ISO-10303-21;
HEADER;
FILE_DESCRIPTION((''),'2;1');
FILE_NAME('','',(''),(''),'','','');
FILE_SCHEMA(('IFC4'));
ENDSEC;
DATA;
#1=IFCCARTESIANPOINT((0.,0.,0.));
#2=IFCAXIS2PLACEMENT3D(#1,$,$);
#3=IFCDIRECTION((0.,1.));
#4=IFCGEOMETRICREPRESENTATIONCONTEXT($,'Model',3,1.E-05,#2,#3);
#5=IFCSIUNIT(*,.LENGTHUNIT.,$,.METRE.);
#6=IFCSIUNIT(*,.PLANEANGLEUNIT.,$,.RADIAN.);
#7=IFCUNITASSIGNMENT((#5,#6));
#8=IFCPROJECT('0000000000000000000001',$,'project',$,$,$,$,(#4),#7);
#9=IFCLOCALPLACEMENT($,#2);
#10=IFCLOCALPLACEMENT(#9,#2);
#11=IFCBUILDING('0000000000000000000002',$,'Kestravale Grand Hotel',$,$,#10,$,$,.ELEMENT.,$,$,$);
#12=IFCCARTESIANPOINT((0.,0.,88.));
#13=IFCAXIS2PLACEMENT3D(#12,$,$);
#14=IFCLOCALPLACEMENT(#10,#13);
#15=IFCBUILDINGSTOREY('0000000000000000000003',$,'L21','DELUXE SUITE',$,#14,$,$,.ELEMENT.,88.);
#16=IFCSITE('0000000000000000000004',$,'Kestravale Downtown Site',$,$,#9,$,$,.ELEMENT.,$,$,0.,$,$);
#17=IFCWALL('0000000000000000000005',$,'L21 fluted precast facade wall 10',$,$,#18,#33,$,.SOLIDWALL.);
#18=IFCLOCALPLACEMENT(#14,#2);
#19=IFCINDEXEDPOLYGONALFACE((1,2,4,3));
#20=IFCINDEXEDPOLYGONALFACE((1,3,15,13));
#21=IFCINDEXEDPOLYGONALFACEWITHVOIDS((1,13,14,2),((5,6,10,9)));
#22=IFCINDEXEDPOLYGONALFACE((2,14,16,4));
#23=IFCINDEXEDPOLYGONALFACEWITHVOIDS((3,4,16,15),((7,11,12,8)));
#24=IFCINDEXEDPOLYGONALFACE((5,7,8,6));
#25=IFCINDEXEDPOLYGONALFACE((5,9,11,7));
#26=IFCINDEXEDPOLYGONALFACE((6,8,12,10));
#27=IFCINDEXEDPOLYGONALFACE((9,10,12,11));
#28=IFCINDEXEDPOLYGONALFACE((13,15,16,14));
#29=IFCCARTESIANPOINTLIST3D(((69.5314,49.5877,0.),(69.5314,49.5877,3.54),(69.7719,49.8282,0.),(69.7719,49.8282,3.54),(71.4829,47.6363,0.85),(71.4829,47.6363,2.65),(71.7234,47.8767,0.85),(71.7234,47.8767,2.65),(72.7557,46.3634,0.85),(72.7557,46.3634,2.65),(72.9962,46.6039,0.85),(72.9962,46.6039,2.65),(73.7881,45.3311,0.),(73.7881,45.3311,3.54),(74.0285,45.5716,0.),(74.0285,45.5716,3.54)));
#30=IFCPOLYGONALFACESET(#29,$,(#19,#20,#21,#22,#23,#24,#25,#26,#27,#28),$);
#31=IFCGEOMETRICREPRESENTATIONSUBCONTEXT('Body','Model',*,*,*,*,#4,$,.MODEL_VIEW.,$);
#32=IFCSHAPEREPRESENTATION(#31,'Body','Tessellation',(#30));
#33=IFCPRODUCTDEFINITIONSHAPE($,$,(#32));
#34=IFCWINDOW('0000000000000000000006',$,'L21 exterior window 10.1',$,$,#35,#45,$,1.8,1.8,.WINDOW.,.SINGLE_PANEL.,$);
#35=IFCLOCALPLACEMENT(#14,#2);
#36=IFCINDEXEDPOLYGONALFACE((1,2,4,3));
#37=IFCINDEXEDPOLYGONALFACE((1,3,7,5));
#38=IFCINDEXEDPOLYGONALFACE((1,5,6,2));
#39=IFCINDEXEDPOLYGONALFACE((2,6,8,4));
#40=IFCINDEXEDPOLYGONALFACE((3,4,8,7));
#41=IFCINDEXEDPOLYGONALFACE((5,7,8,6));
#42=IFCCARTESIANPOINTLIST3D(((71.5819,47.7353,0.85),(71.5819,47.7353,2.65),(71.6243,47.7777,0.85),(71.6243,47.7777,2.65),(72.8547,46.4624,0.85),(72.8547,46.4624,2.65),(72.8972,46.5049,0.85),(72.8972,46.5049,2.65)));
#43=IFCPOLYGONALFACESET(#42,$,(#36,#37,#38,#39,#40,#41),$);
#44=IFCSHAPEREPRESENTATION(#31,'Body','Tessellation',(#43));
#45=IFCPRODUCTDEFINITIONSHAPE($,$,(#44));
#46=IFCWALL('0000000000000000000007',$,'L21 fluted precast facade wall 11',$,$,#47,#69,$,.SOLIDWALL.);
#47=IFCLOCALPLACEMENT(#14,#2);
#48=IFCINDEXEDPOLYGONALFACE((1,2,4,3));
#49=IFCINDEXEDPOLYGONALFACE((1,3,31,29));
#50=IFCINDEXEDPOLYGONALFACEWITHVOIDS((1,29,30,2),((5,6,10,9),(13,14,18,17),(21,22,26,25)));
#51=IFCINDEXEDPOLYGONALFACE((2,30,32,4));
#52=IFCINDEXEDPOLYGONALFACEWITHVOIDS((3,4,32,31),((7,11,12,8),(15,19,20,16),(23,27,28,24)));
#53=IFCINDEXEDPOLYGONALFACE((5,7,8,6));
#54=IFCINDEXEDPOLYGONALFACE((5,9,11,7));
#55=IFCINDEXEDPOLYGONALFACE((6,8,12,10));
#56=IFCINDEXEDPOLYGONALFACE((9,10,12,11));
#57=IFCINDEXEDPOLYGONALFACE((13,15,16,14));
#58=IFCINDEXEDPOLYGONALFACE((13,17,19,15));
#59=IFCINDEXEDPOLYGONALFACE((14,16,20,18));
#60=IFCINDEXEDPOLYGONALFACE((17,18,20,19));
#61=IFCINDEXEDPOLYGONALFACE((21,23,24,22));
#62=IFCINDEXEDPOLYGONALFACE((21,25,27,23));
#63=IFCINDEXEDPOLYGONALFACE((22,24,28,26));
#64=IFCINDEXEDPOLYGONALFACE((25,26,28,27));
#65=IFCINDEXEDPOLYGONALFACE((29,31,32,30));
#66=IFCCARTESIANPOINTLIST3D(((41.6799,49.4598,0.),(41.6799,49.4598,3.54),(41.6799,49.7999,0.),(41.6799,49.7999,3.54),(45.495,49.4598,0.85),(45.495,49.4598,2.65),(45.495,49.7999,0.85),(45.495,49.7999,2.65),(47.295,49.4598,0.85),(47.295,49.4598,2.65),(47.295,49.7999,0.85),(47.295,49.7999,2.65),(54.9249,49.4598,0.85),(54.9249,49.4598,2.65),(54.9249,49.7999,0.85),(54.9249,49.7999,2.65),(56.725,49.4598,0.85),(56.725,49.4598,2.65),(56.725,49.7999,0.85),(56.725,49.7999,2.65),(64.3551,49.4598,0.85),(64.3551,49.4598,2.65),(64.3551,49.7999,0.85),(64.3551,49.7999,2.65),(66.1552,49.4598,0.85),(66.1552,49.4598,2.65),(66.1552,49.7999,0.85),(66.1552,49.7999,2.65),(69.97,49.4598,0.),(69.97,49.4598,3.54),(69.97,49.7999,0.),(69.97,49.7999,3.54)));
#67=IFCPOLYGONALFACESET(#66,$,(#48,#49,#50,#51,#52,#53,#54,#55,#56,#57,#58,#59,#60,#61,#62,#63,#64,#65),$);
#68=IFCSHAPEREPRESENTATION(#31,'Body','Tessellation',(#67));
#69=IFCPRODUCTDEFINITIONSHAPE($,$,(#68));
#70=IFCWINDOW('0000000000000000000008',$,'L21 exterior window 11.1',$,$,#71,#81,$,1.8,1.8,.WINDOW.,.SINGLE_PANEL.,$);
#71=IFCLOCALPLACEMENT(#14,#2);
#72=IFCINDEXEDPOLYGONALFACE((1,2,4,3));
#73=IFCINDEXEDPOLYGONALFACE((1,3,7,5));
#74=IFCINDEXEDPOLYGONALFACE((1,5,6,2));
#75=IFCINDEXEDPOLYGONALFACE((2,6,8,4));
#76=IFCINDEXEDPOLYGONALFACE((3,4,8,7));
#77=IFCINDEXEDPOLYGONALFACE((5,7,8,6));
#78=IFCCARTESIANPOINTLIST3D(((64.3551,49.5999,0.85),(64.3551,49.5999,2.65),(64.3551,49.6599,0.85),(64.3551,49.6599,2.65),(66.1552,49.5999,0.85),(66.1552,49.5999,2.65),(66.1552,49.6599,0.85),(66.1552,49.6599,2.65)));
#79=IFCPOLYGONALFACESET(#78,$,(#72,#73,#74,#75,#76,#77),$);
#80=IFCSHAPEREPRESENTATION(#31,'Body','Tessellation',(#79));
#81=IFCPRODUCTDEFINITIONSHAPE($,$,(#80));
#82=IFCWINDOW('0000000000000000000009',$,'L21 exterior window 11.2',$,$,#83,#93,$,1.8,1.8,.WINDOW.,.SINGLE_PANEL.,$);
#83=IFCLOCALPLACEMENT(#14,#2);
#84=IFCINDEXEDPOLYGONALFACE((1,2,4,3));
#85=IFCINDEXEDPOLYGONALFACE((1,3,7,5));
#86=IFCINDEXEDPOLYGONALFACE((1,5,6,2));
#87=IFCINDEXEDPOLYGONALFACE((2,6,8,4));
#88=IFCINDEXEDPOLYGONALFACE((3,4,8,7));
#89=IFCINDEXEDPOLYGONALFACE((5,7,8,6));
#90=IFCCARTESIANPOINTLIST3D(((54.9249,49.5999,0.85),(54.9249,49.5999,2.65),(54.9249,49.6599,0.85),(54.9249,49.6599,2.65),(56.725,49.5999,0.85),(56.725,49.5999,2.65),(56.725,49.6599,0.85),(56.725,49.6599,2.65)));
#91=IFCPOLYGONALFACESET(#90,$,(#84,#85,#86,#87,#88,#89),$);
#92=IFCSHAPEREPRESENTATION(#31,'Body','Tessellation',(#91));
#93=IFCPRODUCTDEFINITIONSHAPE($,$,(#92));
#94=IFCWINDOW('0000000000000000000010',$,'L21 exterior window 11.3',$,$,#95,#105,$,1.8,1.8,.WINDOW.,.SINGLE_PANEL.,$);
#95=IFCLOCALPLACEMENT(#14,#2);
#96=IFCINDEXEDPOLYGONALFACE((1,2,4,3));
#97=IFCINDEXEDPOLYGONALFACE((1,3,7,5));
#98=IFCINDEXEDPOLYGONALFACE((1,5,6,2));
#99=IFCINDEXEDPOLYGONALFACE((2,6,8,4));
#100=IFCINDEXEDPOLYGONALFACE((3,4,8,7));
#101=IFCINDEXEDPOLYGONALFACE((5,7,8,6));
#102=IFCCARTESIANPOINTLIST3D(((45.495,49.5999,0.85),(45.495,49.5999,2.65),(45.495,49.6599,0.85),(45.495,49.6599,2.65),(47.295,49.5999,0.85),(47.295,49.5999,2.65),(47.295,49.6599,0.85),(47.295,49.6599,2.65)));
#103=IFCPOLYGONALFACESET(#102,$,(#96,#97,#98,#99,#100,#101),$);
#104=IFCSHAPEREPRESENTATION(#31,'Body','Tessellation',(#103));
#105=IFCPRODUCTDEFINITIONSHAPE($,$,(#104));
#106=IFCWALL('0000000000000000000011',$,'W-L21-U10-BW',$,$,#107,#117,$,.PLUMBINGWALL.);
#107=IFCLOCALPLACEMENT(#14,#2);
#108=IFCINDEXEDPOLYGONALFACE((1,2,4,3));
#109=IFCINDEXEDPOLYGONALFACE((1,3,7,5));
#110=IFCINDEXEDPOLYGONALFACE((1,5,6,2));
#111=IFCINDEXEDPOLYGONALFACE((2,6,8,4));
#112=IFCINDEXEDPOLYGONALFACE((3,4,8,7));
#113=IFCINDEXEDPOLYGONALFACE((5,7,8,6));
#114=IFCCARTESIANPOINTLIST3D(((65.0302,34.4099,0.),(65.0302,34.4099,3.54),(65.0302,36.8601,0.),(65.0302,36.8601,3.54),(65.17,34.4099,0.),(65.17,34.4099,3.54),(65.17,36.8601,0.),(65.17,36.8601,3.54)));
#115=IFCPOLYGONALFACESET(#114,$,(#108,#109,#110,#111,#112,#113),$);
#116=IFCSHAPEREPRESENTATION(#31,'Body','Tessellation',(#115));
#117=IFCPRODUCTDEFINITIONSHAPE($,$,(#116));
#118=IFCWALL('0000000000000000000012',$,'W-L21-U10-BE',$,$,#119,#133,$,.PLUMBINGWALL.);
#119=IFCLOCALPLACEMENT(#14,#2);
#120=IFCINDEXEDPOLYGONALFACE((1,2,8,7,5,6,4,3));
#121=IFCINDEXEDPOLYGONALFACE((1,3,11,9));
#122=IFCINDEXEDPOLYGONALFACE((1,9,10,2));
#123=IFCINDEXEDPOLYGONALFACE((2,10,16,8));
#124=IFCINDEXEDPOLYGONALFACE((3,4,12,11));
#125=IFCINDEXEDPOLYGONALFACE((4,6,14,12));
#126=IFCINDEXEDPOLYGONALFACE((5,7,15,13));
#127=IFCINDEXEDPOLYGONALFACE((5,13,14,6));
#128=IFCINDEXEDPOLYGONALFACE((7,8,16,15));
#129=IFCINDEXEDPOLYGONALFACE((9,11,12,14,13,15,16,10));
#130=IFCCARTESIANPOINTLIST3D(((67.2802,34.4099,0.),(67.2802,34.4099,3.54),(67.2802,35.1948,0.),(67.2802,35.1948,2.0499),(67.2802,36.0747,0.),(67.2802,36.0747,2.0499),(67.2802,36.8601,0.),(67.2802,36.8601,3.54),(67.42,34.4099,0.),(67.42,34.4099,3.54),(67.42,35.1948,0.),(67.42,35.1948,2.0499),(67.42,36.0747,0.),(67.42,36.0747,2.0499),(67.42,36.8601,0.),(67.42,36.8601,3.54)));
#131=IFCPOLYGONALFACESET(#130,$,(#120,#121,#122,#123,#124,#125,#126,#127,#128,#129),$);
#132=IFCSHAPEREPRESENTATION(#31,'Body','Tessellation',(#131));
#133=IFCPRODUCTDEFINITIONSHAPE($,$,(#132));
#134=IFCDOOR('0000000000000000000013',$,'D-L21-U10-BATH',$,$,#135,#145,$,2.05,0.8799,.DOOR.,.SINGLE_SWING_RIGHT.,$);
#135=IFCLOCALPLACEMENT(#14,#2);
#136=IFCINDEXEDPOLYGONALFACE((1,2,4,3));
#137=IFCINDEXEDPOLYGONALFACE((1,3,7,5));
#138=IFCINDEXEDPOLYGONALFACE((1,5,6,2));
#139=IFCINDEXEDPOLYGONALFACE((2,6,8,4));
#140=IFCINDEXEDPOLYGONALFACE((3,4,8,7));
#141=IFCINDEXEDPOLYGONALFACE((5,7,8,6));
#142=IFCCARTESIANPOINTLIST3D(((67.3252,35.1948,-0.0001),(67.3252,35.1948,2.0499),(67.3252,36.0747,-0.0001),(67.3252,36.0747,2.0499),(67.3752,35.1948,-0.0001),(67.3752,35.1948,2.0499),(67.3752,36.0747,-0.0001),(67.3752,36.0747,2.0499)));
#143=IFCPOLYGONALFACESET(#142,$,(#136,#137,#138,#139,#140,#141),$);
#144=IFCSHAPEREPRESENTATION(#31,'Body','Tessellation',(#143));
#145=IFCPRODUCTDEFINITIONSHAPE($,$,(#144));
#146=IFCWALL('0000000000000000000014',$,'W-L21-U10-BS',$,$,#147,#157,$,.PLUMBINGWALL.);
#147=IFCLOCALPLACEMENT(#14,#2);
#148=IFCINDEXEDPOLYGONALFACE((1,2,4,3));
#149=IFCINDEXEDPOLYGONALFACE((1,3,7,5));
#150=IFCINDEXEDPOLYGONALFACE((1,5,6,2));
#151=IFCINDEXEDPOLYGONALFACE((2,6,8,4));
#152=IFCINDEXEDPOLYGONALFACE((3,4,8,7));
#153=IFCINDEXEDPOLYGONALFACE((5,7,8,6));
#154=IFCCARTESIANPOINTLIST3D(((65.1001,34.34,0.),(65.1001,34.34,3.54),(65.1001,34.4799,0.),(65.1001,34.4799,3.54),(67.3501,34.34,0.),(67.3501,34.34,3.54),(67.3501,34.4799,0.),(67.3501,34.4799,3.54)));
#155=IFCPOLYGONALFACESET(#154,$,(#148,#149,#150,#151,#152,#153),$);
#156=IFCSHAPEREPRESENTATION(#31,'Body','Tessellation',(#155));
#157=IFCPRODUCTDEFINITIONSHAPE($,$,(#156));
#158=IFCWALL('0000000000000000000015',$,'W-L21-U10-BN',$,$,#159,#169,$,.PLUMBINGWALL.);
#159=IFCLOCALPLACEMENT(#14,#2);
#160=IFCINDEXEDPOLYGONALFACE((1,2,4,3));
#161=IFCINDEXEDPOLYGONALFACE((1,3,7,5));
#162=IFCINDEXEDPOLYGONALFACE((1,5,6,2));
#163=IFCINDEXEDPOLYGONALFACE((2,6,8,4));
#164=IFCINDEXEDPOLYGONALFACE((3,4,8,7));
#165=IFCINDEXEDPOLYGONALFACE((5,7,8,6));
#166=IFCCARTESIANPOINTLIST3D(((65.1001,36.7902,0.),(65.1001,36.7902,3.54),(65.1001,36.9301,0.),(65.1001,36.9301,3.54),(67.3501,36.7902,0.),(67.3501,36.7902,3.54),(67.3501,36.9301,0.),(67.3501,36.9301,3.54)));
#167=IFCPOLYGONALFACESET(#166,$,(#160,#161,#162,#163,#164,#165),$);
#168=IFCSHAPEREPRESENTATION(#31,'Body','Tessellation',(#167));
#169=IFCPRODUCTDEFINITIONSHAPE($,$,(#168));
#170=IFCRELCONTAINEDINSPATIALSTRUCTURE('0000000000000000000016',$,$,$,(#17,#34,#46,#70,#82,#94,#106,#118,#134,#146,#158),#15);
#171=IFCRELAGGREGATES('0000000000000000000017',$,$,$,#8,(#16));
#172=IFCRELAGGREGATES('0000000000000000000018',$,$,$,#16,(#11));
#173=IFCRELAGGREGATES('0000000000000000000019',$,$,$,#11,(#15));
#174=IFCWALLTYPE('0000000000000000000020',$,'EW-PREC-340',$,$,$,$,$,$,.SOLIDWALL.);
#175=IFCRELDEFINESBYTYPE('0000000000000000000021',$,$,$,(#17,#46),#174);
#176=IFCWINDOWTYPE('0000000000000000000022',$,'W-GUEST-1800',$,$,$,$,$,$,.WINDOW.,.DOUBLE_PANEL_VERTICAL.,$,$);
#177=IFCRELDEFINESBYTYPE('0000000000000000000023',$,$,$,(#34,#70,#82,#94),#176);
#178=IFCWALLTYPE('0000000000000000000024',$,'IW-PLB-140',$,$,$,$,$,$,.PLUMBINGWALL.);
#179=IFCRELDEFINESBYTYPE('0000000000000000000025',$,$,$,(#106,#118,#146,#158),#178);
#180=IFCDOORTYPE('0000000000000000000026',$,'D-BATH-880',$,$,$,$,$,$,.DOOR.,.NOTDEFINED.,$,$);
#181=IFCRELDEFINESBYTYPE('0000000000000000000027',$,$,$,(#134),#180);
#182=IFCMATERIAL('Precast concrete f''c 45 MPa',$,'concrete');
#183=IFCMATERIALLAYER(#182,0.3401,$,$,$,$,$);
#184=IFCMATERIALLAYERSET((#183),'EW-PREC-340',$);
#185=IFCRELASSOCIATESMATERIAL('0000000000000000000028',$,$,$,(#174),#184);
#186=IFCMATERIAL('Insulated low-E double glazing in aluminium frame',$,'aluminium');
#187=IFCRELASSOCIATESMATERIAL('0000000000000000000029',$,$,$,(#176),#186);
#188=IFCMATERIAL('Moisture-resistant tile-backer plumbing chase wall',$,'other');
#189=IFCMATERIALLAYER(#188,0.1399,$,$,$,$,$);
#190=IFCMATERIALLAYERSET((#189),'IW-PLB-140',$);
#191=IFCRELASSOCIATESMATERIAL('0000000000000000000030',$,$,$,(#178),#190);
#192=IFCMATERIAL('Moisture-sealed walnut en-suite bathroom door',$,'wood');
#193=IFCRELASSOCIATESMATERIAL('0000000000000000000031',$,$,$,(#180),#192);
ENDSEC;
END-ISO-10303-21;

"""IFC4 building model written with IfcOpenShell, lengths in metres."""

from ifc_helpers import new_model, si_unit, direction, frame, frame_2d, origin, place, context, subcontext, project, spatial, rectangle, extrude, material, layer, layer_set, type_object, element, fill, save


model = new_model("IFC4")

# Units and contexts
model_context = context("Model", 3, precision=1e-05, world=origin(), true_north=direction((0.0, 1.0)))
body_context = subcontext(model_context, "Body", "Model", "MODEL_VIEW")
ifc_project = project(units=[si_unit("LENGTHUNIT", "METRE"), si_unit("PLANEANGLEUNIT", "RADIAN")], contexts=[model_context])

# Site, building, storey
site_placement = place(None, origin())
site = spatial("IfcSite", under=ifc_project, at=site_placement, Name="Kestravale Downtown Site", CompositionType="ELEMENT", RefElevation=0.0)
building_placement = place(site_placement, origin())
building = spatial("IfcBuilding", under=site, at=building_placement, Name="Kestravale Grand Hotel", CompositionType="ELEMENT")
storey_placement = place(building_placement, frame((0.0, 0.0, 88.0)))
storey = spatial("IfcBuildingStorey", under=building, at=storey_placement, Name="L21", Description="DELUXE SUITE", CompositionType="ELEMENT", Elevation=88.0)

# Wall, opening, window
ifc_material_1 = material(Name="Precast concrete f'c 45 MPa", Category="concrete")
ifc_layer_1 = layer(ifc_material_1, 0.3401)
ifc_layer_set_1 = layer_set([ifc_layer_1], Name="EW-PREC-340")
wall_type_1 = type_object("IfcWallType", Name="EW-PREC-340", PredefinedType="SOLIDWALL", material=ifc_layer_set_1)
wall_1_placement = place(storey_placement, frame((73.9082, 45.4514, 0.0), z_axis=(0.0, 0.0, 1.0), x_axis=(-0.707107, 0.707107, 0.0)))
wall_1 = element("IfcWall", 1, at=wall_1_placement, inside=storey, type_object=wall_type_1, Name="L21 fluted precast facade wall 10", PredefinedType="SOLIDWALL", context=body_context, shape_type="SweptSolid", body=[
    extrude(rectangle(XDim=6.0198, YDim=0.3401, at=frame_2d((3.0098, 0.0))), origin(), (0.0, 0.0, 1.0), 3.54),
])
opening_1_placement = place(wall_1_placement, frame((1.46, 0.0, 0.8501)))
opening_1 = element("IfcOpeningElement", 2, at=opening_1_placement, cuts=wall_1, PredefinedType="OPENING", context=body_context, shape_type="SweptSolid", body=[
    extrude(rectangle(XDim=1.8, YDim=1.8, at=frame_2d((0.8999, 0.8999))), frame((0.0, 0.1799, 0.0), z_axis=(0.0, -1.0, 0.0), x_axis=(1.0, 0.0, 0.0)), (0.0, 0.0, 1.0), 0.3601),
])
ifc_material_2 = material(Name="Insulated low-E double glazing in aluminium frame", Category="aluminium")
window_type = type_object("IfcWindowType", Name="W-GUEST-1800", PartitioningType="DOUBLE_PANEL_VERTICAL", PredefinedType="WINDOW", material=ifc_material_2)
window_1_placement = place(opening_1_placement, origin())
window_1 = element("IfcWindow", 3, at=window_1_placement, inside=storey, type_object=window_type, Name="L21 exterior window 10.1", OverallHeight=1.8, OverallWidth=1.8, PartitioningType="SINGLE_PANEL", PredefinedType="WINDOW", context=body_context, shape_type="SweptSolid", body=[
    extrude(rectangle(XDim=1.8, YDim=1.8, at=frame_2d((0.8999, 0.8999))), frame((0.0, 0.03, 0.0), z_axis=(0.0, -1.0, 0.0), x_axis=(1.0, 0.0, 0.0)), (0.0, 0.0, 1.0), 0.0601),
])
fill(opening_1, window_1)

# Wall, openings, windows
wall_2_placement = place(storey_placement, frame((69.97, 49.6299, 0.0), z_axis=(0.0, 0.0, 1.0), x_axis=(-1.0, 0.0, 0.0)))
wall_2 = element("IfcWall", 4, at=wall_2_placement, inside=storey, type_object=wall_type_1, Name="L21 fluted precast facade wall 11", PredefinedType="SOLIDWALL", context=body_context, shape_type="SweptSolid", body=[
    extrude(rectangle(XDim=28.29, YDim=0.3401, at=frame_2d((14.145, 0.0))), origin(), (0.0, 0.0, 1.0), 3.54),
])
opening_2_placement = place(wall_2_placement, frame((3.8149, 0.0, 0.8501)))
opening_2 = element("IfcOpeningElement", 5, at=opening_2_placement, cuts=wall_2, PredefinedType="OPENING", context=body_context, shape_type="SweptSolid", body=[
    extrude(rectangle(XDim=1.8, YDim=1.8, at=frame_2d((0.8999, 0.8999))), frame((0.0, 0.1799, 0.0), z_axis=(0.0, -1.0, 0.0), x_axis=(1.0, 0.0, 0.0)), (0.0, 0.0, 1.0), 0.3601),
])
opening_3_placement = place(wall_2_placement, frame((13.2451, 0.0, 0.8501)))
opening_3 = element("IfcOpeningElement", 6, at=opening_3_placement, cuts=wall_2, PredefinedType="OPENING", context=body_context, shape_type="SweptSolid", body=[
    extrude(rectangle(XDim=1.8, YDim=1.8, at=frame_2d((0.8999, 0.8999))), frame((0.0, 0.1799, 0.0), z_axis=(0.0, -1.0, 0.0), x_axis=(1.0, 0.0, 0.0)), (0.0, 0.0, 1.0), 0.3601),
])
opening_4_placement = place(wall_2_placement, frame((22.675, 0.0, 0.8501)))
opening_4 = element("IfcOpeningElement", 7, at=opening_4_placement, cuts=wall_2, PredefinedType="OPENING", context=body_context, shape_type="SweptSolid", body=[
    extrude(rectangle(XDim=1.8, YDim=1.8, at=frame_2d((0.8999, 0.8999))), frame((0.0, 0.1799, 0.0), z_axis=(0.0, -1.0, 0.0), x_axis=(1.0, 0.0, 0.0)), (0.0, 0.0, 1.0), 0.3601),
])
window_2_placement = place(opening_2_placement, origin())
window_2 = element("IfcWindow", 8, at=window_2_placement, inside=storey, type_object=window_type, Name="L21 exterior window 11.1", OverallHeight=1.8, OverallWidth=1.8, PartitioningType="SINGLE_PANEL", PredefinedType="WINDOW", context=body_context, shape_type="SweptSolid", body=[
    extrude(rectangle(XDim=1.8, YDim=1.8, at=frame_2d((0.8999, 0.8999))), frame((0.0, 0.03, 0.0), z_axis=(0.0, -1.0, 0.0), x_axis=(1.0, 0.0, 0.0)), (0.0, 0.0, 1.0), 0.0601),
])
fill(opening_2, window_2)
window_3_placement = place(opening_3_placement, origin())
window_3 = element("IfcWindow", 9, at=window_3_placement, inside=storey, type_object=window_type, Name="L21 exterior window 11.2", OverallHeight=1.8, OverallWidth=1.8, PartitioningType="SINGLE_PANEL", PredefinedType="WINDOW", context=body_context, shape_type="SweptSolid", body=[
    extrude(rectangle(XDim=1.8, YDim=1.8, at=frame_2d((0.8999, 0.8999))), frame((0.0, 0.03, 0.0), z_axis=(0.0, -1.0, 0.0), x_axis=(1.0, 0.0, 0.0)), (0.0, 0.0, 1.0), 0.0601),
])
fill(opening_3, window_3)
window_4_placement = place(opening_4_placement, origin())
window_4 = element("IfcWindow", 10, at=window_4_placement, inside=storey, type_object=window_type, Name="L21 exterior window 11.3", OverallHeight=1.8, OverallWidth=1.8, PartitioningType="SINGLE_PANEL", PredefinedType="WINDOW", context=body_context, shape_type="SweptSolid", body=[
    extrude(rectangle(XDim=1.8, YDim=1.8, at=frame_2d((0.8999, 0.8999))), frame((0.0, 0.03, 0.0), z_axis=(0.0, -1.0, 0.0), x_axis=(1.0, 0.0, 0.0)), (0.0, 0.0, 1.0), 0.0601),
])
fill(opening_4, window_4)

# Wall
ifc_material_3 = material(Name="Moisture-resistant tile-backer plumbing chase wall", Category="other")
ifc_layer_2 = layer(ifc_material_3, 0.1399)
ifc_layer_set_2 = layer_set([ifc_layer_2], Name="IW-PLB-140")
wall_type_2 = type_object("IfcWallType", Name="IW-PLB-140", PredefinedType="PLUMBINGWALL", material=ifc_layer_set_2)
wall_3_placement = place(storey_placement, frame((65.1001, 34.4099, 0.0), z_axis=(0.0, 0.0, 1.0), x_axis=(0.0, 1.0, 0.0)))
element("IfcWall", 11, at=wall_3_placement, inside=storey, type_object=wall_type_2, Name="W-L21-U10-BW", PredefinedType="PLUMBINGWALL", context=body_context, shape_type="SweptSolid", body=[
    extrude(rectangle(XDim=2.4502, YDim=0.1399, at=frame_2d((1.2251, 0.0))), origin(), (0.0, 0.0, 1.0), 3.54),
])

# Wall, opening, door
wall_4_placement = place(storey_placement, frame((67.3501, 34.4099, 0.0), z_axis=(0.0, 0.0, 1.0), x_axis=(0.0, 1.0, 0.0)))
wall_4 = element("IfcWall", 12, at=wall_4_placement, inside=storey, type_object=wall_type_2, Name="W-L21-U10-BE", PredefinedType="PLUMBINGWALL", context=body_context, shape_type="SweptSolid", body=[
    extrude(rectangle(XDim=2.4502, YDim=0.1399, at=frame_2d((1.2251, 0.0))), origin(), (0.0, 0.0, 1.0), 3.54),
])
opening_5_placement = place(wall_4_placement, frame((0.7849, 0.0, 0.0)))
opening_5 = element("IfcOpeningElement", 13, at=opening_5_placement, cuts=wall_4, PredefinedType="OPENING", context=body_context, shape_type="SweptSolid", body=[
    extrude(rectangle(XDim=0.8799, YDim=2.05, at=frame_2d((0.4399, 1.0249))), frame((0.0, 0.0798, 0.0), z_axis=(0.0, -1.0, 0.0), x_axis=(1.0, 0.0, 0.0)), (0.0, 0.0, 1.0), 0.1599),
])
ifc_material_4 = material(Name="Moisture-sealed walnut en-suite bathroom door", Category="wood")
door_type_1 = type_object("IfcDoorType", Name="D-BATH-880", OperationType="NOTDEFINED", PredefinedType="DOOR", material=ifc_material_4)
door_1_placement = place(opening_5_placement, origin())
door_1 = element("IfcDoor", 14, at=door_1_placement, inside=storey, type_object=door_type_1, Name="D-L21-U10-BATH", OperationType="SINGLE_SWING_RIGHT", OverallHeight=2.05, OverallWidth=0.8799, PredefinedType="DOOR", context=body_context, shape_type="SweptSolid", body=[
    extrude(rectangle(XDim=0.8799, YDim=2.05, at=frame_2d((0.4399, 1.0249))), frame((0.0, 0.0249, 0.0), z_axis=(0.0, -1.0, 0.0), x_axis=(1.0, 0.0, 0.0)), (0.0, 0.0, 1.0), 0.05),
])
fill(opening_5, door_1)

# Walls
for number, where, z_axis, x_axis, name in (
    (15, (65.1001, 34.4099, 0.0), (0.0, 0.0, 1.0), (1.0, 0.0, 0.0), "W-L21-U10-BS"),
    (16, (65.1001, 36.8601, 0.0), (0.0, 0.0, 1.0), (1.0, 0.0, 0.0), "W-L21-U10-BN"),
):
    element("IfcWall", number, at=place(storey_placement, frame(where, z_axis=z_axis, x_axis=x_axis)), inside=storey, type_object=wall_type_2, Name=name, PredefinedType="PLUMBINGWALL", context=body_context, shape_type="SweptSolid", body=[
        extrude(rectangle(XDim=2.25, YDim=0.1399, at=frame_2d((1.125, 0.0))), origin(), (0.0, 0.0, 1.0), 3.54),
    ])

save(model, "model.ifc")
